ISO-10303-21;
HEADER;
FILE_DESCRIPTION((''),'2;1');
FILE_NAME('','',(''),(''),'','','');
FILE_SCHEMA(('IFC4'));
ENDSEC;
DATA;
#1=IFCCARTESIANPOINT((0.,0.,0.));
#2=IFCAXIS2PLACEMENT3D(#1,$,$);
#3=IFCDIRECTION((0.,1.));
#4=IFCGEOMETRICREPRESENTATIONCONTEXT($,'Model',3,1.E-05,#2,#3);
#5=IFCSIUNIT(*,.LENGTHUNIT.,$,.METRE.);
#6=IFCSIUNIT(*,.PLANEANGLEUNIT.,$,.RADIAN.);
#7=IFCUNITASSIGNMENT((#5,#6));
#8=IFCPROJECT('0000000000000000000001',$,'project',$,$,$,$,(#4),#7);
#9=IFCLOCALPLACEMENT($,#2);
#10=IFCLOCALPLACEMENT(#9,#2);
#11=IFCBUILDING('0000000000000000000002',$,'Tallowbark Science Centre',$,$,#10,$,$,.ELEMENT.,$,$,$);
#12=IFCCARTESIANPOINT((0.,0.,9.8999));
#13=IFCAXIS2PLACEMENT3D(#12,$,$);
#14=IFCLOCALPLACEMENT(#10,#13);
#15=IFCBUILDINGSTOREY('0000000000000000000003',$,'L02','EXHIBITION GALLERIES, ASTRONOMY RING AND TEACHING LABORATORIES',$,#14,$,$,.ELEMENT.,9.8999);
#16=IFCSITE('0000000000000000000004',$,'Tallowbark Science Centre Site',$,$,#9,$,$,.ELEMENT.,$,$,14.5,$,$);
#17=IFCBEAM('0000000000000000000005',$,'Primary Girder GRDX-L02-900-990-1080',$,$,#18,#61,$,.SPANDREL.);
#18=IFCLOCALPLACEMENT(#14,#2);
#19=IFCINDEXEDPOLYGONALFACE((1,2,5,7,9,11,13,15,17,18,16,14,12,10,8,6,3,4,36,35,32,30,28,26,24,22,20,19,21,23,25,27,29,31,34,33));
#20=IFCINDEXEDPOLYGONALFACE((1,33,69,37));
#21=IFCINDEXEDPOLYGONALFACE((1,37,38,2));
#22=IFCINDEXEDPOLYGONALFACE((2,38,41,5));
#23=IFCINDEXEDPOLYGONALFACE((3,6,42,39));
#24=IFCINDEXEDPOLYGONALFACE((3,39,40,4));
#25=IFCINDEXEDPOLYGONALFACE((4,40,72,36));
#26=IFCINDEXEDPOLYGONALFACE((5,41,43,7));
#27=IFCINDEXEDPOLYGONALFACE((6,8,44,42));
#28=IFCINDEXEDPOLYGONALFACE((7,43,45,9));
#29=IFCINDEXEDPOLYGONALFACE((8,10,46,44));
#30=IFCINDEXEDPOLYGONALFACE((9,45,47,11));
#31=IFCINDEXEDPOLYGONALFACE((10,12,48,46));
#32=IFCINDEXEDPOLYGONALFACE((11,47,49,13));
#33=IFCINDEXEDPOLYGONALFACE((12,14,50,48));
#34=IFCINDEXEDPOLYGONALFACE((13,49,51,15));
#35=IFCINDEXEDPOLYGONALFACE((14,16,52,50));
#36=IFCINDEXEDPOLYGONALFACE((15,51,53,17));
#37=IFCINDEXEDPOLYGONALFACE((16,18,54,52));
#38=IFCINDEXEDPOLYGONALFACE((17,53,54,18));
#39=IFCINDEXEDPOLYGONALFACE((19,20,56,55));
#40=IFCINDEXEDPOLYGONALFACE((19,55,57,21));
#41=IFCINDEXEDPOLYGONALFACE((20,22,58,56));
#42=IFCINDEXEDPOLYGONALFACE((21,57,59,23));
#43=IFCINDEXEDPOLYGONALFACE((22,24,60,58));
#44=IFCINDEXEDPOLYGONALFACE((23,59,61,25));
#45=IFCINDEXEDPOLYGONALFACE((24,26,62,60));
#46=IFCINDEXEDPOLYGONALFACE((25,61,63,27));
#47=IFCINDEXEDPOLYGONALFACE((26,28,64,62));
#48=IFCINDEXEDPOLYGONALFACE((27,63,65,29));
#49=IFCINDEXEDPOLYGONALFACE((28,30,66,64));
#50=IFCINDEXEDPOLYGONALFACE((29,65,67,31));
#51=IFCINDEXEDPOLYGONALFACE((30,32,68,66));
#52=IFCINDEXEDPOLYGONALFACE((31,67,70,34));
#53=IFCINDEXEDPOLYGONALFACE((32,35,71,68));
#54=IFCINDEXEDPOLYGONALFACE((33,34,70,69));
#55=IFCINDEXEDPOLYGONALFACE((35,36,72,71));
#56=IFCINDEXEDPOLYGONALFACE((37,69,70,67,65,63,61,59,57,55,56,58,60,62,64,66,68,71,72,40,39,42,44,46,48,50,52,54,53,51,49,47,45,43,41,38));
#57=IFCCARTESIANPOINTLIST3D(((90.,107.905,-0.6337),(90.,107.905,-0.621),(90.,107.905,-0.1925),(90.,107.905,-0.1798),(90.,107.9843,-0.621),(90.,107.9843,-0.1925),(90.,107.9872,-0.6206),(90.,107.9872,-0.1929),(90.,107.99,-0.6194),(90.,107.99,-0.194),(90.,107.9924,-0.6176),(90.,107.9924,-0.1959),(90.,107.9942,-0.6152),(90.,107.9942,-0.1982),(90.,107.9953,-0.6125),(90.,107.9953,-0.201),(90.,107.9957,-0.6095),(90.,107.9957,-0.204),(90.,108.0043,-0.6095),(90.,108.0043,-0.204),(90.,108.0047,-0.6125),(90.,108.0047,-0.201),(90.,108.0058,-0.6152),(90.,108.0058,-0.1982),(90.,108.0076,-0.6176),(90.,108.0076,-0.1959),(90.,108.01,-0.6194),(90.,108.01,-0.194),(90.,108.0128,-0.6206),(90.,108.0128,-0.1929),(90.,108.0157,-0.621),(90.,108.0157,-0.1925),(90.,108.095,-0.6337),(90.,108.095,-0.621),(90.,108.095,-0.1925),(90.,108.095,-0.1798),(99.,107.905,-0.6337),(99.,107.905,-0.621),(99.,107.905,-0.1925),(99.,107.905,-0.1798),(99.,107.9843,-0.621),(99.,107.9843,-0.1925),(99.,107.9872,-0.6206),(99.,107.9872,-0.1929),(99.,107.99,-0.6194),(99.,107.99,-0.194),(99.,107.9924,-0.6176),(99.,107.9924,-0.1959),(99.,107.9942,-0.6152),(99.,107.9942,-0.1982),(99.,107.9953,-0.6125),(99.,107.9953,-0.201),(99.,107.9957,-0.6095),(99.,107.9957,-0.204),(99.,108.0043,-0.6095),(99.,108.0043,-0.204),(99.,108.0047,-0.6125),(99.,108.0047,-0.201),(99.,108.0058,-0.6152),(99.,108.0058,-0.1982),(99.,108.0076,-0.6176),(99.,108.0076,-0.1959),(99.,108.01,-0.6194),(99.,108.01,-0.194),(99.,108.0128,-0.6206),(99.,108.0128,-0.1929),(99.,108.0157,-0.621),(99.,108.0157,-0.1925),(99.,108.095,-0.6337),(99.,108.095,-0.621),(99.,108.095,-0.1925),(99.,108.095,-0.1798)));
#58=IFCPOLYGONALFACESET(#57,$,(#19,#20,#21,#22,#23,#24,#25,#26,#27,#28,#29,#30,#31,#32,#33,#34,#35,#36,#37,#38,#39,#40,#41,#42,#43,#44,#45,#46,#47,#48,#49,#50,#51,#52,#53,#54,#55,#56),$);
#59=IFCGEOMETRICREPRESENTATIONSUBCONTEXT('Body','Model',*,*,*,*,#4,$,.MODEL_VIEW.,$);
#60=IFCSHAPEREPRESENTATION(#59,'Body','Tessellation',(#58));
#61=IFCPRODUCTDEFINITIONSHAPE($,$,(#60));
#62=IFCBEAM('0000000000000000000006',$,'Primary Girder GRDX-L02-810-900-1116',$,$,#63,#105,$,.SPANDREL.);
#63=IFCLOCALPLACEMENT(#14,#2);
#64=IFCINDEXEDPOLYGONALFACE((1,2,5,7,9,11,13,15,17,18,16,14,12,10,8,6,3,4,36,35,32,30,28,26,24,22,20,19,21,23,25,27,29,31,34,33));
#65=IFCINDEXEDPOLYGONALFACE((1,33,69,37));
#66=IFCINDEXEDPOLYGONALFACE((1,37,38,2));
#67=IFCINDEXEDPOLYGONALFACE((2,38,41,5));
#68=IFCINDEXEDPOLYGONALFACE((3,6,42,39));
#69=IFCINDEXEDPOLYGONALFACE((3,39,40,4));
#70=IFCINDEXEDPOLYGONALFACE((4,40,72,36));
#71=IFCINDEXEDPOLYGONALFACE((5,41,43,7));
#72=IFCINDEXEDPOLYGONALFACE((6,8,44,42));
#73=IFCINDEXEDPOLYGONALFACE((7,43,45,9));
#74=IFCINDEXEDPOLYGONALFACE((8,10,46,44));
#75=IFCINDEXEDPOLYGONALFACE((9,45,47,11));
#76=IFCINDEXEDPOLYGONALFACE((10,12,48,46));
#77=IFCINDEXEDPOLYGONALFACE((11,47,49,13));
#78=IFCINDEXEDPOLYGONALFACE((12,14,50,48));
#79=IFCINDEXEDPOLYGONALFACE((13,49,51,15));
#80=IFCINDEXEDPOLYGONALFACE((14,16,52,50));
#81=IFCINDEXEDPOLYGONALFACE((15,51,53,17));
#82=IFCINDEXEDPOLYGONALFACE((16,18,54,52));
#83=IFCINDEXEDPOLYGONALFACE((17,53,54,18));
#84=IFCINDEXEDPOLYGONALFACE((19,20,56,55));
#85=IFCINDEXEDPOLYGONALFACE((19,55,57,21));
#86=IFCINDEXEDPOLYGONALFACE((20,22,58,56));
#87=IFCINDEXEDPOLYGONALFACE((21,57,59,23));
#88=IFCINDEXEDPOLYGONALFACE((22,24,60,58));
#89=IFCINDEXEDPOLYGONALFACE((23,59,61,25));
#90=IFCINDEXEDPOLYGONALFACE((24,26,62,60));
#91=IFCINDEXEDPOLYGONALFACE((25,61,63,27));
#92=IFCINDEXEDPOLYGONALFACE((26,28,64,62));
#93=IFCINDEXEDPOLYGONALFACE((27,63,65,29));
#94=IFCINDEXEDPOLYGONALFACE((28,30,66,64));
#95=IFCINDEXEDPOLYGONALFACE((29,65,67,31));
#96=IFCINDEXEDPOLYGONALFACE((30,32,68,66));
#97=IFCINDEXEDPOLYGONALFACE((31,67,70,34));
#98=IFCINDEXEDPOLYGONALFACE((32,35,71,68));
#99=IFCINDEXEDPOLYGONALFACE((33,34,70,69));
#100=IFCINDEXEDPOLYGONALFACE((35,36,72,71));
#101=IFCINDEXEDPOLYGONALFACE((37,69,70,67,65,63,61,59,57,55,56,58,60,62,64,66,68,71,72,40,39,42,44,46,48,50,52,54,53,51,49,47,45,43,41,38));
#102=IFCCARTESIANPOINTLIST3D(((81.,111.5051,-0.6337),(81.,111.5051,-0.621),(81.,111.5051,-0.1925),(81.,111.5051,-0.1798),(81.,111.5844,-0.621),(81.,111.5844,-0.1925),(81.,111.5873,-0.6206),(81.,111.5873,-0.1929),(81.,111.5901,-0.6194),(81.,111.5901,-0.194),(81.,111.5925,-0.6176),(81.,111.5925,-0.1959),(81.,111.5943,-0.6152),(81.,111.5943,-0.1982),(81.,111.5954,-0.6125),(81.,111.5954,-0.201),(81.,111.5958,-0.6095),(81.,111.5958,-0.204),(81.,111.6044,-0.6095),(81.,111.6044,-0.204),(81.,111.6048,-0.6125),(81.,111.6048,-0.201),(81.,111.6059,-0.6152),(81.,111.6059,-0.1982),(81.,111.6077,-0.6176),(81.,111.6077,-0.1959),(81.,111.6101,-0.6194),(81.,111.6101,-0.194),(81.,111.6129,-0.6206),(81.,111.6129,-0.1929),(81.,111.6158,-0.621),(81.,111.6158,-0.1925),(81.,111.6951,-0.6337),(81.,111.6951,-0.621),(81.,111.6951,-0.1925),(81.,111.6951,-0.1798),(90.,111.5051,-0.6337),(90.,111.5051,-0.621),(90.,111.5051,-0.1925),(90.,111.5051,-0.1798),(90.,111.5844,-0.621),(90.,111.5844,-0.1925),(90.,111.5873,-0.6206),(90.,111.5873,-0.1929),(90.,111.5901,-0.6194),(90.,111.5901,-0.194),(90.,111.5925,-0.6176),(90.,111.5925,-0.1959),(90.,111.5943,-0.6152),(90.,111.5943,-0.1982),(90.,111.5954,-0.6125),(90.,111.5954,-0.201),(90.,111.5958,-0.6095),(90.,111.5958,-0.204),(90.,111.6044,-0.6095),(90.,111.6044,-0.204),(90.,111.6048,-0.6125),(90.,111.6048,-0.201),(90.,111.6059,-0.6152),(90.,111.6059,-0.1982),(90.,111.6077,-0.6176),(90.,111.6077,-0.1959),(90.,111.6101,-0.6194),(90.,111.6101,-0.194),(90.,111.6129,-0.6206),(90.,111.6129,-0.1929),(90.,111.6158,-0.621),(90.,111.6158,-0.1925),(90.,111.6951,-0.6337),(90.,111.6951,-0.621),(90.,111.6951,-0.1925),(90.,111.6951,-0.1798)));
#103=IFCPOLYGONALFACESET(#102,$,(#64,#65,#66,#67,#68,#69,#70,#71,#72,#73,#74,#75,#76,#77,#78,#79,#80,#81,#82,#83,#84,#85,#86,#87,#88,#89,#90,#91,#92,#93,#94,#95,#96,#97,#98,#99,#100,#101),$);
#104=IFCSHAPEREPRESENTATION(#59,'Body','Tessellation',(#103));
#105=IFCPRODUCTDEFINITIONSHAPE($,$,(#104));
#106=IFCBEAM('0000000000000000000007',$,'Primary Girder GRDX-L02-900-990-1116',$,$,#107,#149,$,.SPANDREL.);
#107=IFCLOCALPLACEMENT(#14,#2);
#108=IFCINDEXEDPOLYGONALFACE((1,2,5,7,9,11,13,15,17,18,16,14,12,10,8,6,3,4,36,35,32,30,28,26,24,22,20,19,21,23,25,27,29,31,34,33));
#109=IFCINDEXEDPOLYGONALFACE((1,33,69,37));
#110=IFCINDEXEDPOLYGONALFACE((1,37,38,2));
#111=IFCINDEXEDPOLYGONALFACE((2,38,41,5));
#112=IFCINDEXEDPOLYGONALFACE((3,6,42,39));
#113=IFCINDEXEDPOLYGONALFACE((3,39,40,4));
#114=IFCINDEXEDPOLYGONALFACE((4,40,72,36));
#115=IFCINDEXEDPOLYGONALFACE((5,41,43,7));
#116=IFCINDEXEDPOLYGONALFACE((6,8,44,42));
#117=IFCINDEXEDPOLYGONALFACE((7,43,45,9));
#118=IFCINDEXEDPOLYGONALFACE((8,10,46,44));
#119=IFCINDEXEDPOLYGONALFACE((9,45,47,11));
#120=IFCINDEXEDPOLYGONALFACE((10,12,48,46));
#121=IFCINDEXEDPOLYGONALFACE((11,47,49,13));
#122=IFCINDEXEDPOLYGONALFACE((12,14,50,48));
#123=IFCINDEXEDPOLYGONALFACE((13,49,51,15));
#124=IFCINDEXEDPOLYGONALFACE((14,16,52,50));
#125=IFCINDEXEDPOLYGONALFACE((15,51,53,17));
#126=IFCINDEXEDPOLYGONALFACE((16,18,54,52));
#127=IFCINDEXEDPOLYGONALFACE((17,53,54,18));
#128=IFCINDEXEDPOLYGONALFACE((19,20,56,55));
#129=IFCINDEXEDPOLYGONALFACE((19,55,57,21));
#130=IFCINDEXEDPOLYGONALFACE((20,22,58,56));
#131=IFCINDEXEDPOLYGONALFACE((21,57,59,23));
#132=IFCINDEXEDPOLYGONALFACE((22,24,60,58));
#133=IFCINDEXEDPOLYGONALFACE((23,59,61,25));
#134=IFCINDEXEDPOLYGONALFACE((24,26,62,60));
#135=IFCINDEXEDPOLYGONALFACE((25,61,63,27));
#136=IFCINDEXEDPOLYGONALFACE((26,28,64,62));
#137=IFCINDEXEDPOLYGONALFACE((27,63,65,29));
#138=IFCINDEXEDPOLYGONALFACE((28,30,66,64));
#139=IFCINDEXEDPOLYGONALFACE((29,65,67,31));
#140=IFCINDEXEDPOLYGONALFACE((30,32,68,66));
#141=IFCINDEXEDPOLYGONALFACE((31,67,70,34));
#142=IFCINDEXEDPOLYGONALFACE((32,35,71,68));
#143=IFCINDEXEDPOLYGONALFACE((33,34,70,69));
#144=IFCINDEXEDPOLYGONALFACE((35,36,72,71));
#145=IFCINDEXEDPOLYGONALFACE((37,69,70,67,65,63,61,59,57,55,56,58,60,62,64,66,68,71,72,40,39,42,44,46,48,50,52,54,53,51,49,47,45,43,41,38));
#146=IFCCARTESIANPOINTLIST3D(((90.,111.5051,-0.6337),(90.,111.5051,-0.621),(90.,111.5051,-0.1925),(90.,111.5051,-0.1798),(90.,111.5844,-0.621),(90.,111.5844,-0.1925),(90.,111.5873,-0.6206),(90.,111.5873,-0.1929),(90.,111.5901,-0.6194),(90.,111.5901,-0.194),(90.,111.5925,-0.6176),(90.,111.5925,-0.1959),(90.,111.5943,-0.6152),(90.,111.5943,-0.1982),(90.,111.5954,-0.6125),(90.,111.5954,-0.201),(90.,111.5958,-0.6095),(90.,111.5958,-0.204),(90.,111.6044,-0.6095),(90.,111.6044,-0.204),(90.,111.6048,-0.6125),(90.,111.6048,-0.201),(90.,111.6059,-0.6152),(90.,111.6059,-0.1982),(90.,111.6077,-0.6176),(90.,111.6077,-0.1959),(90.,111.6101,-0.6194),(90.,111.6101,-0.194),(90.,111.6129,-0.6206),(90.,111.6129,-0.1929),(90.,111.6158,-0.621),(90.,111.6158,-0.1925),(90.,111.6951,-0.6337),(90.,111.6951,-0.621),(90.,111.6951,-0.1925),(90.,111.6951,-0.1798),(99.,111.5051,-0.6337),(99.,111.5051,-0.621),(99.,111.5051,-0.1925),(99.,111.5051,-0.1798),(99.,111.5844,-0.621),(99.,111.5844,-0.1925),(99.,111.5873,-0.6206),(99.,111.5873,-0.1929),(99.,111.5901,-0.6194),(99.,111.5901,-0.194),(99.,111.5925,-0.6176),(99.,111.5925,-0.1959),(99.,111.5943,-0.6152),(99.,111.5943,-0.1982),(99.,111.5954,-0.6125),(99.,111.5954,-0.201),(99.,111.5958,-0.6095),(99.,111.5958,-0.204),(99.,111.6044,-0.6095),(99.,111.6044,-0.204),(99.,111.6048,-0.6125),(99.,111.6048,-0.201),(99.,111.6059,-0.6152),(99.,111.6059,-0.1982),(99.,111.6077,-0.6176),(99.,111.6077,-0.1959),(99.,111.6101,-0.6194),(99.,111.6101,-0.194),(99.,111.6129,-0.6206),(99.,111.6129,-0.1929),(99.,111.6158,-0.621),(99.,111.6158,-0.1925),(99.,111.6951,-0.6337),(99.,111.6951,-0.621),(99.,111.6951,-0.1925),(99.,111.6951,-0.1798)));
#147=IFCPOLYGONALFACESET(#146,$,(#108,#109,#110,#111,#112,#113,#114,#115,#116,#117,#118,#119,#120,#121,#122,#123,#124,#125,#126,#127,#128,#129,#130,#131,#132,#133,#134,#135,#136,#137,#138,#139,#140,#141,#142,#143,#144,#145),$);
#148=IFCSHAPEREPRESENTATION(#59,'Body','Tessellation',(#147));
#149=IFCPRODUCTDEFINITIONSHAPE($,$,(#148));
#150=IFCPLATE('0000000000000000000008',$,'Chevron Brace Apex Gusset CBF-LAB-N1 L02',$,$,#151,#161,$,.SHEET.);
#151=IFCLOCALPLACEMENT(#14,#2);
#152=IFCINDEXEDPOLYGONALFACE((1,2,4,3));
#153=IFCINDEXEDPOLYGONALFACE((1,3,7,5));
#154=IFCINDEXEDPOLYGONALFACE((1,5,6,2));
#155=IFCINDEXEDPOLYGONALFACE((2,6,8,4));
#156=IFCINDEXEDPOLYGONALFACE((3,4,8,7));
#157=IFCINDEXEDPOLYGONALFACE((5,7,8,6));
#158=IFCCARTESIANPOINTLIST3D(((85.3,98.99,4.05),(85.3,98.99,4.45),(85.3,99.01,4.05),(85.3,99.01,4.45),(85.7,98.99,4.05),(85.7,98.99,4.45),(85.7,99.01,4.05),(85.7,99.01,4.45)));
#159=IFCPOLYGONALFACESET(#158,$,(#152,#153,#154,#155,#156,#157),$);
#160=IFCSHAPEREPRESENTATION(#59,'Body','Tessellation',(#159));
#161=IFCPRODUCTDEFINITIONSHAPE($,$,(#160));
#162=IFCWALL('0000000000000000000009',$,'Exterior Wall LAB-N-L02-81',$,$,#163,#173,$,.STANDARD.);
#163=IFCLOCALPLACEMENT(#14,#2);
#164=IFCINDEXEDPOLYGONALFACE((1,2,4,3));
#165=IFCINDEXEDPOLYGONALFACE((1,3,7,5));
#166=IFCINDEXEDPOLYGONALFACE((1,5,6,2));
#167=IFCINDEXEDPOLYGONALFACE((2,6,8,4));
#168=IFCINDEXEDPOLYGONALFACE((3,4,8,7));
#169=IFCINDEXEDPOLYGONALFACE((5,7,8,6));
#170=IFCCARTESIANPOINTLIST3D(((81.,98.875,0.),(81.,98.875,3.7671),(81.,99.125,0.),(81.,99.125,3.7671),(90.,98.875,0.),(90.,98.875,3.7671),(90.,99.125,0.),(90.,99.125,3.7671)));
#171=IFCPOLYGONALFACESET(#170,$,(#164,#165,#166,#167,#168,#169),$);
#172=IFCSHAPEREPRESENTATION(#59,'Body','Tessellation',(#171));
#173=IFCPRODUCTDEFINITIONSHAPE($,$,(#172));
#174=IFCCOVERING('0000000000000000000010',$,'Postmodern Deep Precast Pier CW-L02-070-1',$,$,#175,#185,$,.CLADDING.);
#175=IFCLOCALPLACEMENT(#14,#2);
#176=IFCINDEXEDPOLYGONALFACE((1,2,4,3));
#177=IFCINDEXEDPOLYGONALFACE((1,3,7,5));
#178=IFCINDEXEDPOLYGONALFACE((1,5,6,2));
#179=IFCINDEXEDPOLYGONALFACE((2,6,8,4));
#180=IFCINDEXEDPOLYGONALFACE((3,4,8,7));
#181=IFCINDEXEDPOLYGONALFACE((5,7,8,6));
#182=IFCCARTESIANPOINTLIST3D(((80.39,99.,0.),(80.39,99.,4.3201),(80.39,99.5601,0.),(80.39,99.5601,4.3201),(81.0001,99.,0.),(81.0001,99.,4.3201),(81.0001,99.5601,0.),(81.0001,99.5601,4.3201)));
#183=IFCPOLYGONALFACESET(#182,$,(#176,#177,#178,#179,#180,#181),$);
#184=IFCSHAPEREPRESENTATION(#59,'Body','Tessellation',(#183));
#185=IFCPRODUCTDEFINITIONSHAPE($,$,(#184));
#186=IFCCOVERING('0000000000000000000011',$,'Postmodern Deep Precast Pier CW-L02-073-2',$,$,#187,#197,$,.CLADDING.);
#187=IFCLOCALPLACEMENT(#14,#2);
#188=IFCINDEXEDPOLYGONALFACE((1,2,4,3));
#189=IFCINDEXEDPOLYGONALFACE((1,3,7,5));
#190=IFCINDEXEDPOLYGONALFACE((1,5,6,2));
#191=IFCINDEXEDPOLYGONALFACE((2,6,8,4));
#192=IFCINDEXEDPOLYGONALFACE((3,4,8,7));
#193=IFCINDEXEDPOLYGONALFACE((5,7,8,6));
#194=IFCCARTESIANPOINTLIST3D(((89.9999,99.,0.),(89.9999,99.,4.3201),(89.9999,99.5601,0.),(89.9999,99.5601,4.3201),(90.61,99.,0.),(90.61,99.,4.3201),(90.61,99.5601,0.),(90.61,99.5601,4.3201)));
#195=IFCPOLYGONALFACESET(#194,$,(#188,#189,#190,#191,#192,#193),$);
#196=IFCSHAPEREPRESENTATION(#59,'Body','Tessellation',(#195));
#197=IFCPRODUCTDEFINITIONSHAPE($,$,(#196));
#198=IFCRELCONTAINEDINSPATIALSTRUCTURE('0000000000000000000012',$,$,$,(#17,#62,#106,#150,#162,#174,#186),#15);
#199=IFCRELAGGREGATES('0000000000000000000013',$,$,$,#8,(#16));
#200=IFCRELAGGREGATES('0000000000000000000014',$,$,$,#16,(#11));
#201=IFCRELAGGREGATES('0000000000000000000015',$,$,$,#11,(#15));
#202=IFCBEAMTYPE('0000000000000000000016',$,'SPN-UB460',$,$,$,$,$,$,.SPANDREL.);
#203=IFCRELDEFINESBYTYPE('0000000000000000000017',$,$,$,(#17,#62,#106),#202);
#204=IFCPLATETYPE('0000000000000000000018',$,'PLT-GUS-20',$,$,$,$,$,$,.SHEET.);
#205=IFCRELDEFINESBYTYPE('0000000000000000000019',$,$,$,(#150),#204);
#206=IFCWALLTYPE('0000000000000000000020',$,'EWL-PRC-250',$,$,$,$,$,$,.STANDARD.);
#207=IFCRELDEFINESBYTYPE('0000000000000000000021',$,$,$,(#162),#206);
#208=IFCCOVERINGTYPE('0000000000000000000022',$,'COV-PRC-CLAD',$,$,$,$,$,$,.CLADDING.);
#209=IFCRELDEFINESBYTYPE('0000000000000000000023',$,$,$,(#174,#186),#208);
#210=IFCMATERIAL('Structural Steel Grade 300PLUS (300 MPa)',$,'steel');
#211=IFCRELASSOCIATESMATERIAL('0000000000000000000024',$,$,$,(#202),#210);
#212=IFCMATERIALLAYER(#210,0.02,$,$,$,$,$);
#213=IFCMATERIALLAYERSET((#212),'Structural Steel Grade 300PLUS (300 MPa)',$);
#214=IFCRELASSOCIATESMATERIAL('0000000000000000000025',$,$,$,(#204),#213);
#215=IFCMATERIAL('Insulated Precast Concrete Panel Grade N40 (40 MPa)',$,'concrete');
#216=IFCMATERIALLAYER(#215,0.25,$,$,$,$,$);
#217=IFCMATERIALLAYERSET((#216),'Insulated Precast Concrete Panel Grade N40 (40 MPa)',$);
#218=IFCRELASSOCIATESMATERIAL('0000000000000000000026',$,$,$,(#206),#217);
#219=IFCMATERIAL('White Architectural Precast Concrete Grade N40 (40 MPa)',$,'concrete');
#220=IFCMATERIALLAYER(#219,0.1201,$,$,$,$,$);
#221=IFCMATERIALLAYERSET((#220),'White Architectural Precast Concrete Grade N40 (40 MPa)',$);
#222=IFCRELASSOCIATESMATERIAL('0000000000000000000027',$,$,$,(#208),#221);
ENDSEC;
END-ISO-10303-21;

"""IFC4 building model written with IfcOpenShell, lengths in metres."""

from ifc_helpers import new_model, si_unit, direction, frame, frame_2d, origin, origin_2d, place, context, subcontext, project, spatial, rectangle, i_section, extrude, material, layer, layer_set, material_profile, profile_set, type_object, element, save


model = new_model("IFC4")

# Units and contexts
model_context = context("Model", 3, precision=1e-05, world=origin(), true_north=direction((0.0, 1.0)))
body_context = subcontext(model_context, "Body", "Model", "MODEL_VIEW")
ifc_project = project(units=[si_unit("LENGTHUNIT", "METRE"), si_unit("PLANEANGLEUNIT", "RADIAN")], contexts=[model_context])

# Site, building, storey
site_placement = place(None, origin())
site = spatial("IfcSite", under=ifc_project, at=site_placement, Name="Tallowbark Science Centre Site", CompositionType="ELEMENT", RefElevation=14.5)
building_placement = place(site_placement, origin())
building = spatial("IfcBuilding", under=site, at=building_placement, Name="Tallowbark Science Centre", CompositionType="ELEMENT")
storey_placement = place(building_placement, frame((0.0, 0.0, 9.8999)))
storey = spatial("IfcBuildingStorey", under=building, at=storey_placement, Name="L02", Description="EXHIBITION GALLERIES, ASTRONOMY RING AND TEACHING LABORATORIES", CompositionType="ELEMENT", Elevation=9.8999)

# Shared definitions
ifc_material_1 = material(Name="Structural Steel Grade 300PLUS (300 MPa)", Category="steel")

# Beams
ifc_material_profile_1 = material_profile(ifc_material_1, i_section(OverallWidth=0.1899, OverallDepth=0.4539, WebThickness=0.0085, FlangeThickness=0.0127, FilletRadius=0.0115, at=origin_2d()), Name="460UB67.1")
ifc_profile_set_1 = profile_set([ifc_material_profile_1], Name="Structural Steel Grade 300PLUS (300 MPa)")
beam_type_1 = type_object("IfcBeamType", Name="SPN-UB460", PredefinedType="SPANDREL", material=ifc_profile_set_1)
for number, where, z_axis, x_axis, name in (
    (1, (90.0, 108.0, -0.4067), (1.0, 0.0, 0.0), (0.0, 1.0, 0.0), "Primary Girder GRDX-L02-900-990-1080"),
    (2, (81.0, 111.6001, -0.4067), (1.0, 0.0, 0.0), (0.0, 1.0, 0.0), "Primary Girder GRDX-L02-810-900-1116"),
    (3, (90.0, 111.6001, -0.4067), (1.0, 0.0, 0.0), (0.0, 1.0, 0.0), "Primary Girder GRDX-L02-900-990-1116"),
):
    element("IfcBeam", number, at=place(storey_placement, frame(where, z_axis=z_axis, x_axis=x_axis)), inside=storey, type_object=beam_type_1, Name=name, PredefinedType="SPANDREL", context=body_context, shape_type="SweptSolid", body=[
        extrude(i_section(OverallWidth=0.1899, OverallDepth=0.4539, WebThickness=0.0085, FlangeThickness=0.0127, FilletRadius=0.0115, at=origin_2d()), origin(), (0.0, 0.0, 1.0), 9.0),
    ])

# Plate
ifc_layer_1 = layer(ifc_material_1, 0.02)
ifc_layer_set_1 = layer_set([ifc_layer_1], Name="Structural Steel Grade 300PLUS (300 MPa)")
plate_type = type_object("IfcPlateType", Name="PLT-GUS-20", PredefinedType="SHEET", material=ifc_layer_set_1)
plate_placement = place(storey_placement, frame((85.5, 99.0, 4.05), z_axis=(0.0, 0.0, 1.0), x_axis=(1.0, 0.0, 0.0)))
element("IfcPlate", 4, at=plate_placement, inside=storey, type_object=plate_type, Name="Chevron Brace Apex Gusset CBF-LAB-N1 L02", PredefinedType="SHEET", context=body_context, shape_type="SweptSolid", body=[
    extrude(rectangle(XDim=0.3999, YDim=0.02, at=origin_2d()), origin(), (0.0, 0.0, 1.0), 0.3999),
])

# Wall
ifc_material_2 = material(Name="Insulated Precast Concrete Panel Grade N40 (40 MPa)", Category="concrete")
ifc_layer_2 = layer(ifc_material_2, 0.25)
ifc_layer_set_2 = layer_set([ifc_layer_2], Name="Insulated Precast Concrete Panel Grade N40 (40 MPa)")
wall_type = type_object("IfcWallType", Name="EWL-PRC-250", PredefinedType="STANDARD", material=ifc_layer_set_2)
wall_placement = place(storey_placement, frame((90.0, 99.0, 0.0), z_axis=(0.0, 0.0, 1.0), x_axis=(-1.0, 0.0, 0.0)))
element("IfcWall", 5, at=wall_placement, inside=storey, type_object=wall_type, Name="Exterior Wall LAB-N-L02-81", PredefinedType="STANDARD", context=body_context, shape_type="SweptSolid", body=[
    extrude(rectangle(XDim=9.0, YDim=0.25, at=frame_2d((4.5, 0.0))), origin(), (0.0, 0.0, 1.0), 3.7671),
])

# Coverings
ifc_material_3 = material(Name="White Architectural Precast Concrete Grade N40 (40 MPa)", Category="concrete")
ifc_layer_3 = layer(ifc_material_3, 0.1201)
ifc_layer_set_3 = layer_set([ifc_layer_3], Name="White Architectural Precast Concrete Grade N40 (40 MPa)")
covering_type_1 = type_object("IfcCoveringType", Name="COV-PRC-CLAD", PredefinedType="CLADDING", material=ifc_layer_set_3)
for number, where, z_axis, x_axis, name in (
    (6, (80.6951, 99.28, 0.0), (0.0, 0.0, 1.0), (-1.0, 0.0, 0.0), "Postmodern Deep Precast Pier CW-L02-070-1"),
    (7, (90.3049, 99.28, 0.0), (0.0, 0.0, 1.0), (-1.0, 0.0, 0.0), "Postmodern Deep Precast Pier CW-L02-073-2"),
):
    element("IfcCovering", number, at=place(storey_placement, frame(where, z_axis=z_axis, x_axis=x_axis)), inside=storey, type_object=covering_type_1, Name=name, PredefinedType="CLADDING", context=body_context, shape_type="SweptSolid", body=[
        extrude(rectangle(XDim=0.6101, YDim=0.5601, at=origin_2d()), origin(), (0.0, 0.0, 1.0), 4.3201),
    ])

save(model, "model.ifc")
